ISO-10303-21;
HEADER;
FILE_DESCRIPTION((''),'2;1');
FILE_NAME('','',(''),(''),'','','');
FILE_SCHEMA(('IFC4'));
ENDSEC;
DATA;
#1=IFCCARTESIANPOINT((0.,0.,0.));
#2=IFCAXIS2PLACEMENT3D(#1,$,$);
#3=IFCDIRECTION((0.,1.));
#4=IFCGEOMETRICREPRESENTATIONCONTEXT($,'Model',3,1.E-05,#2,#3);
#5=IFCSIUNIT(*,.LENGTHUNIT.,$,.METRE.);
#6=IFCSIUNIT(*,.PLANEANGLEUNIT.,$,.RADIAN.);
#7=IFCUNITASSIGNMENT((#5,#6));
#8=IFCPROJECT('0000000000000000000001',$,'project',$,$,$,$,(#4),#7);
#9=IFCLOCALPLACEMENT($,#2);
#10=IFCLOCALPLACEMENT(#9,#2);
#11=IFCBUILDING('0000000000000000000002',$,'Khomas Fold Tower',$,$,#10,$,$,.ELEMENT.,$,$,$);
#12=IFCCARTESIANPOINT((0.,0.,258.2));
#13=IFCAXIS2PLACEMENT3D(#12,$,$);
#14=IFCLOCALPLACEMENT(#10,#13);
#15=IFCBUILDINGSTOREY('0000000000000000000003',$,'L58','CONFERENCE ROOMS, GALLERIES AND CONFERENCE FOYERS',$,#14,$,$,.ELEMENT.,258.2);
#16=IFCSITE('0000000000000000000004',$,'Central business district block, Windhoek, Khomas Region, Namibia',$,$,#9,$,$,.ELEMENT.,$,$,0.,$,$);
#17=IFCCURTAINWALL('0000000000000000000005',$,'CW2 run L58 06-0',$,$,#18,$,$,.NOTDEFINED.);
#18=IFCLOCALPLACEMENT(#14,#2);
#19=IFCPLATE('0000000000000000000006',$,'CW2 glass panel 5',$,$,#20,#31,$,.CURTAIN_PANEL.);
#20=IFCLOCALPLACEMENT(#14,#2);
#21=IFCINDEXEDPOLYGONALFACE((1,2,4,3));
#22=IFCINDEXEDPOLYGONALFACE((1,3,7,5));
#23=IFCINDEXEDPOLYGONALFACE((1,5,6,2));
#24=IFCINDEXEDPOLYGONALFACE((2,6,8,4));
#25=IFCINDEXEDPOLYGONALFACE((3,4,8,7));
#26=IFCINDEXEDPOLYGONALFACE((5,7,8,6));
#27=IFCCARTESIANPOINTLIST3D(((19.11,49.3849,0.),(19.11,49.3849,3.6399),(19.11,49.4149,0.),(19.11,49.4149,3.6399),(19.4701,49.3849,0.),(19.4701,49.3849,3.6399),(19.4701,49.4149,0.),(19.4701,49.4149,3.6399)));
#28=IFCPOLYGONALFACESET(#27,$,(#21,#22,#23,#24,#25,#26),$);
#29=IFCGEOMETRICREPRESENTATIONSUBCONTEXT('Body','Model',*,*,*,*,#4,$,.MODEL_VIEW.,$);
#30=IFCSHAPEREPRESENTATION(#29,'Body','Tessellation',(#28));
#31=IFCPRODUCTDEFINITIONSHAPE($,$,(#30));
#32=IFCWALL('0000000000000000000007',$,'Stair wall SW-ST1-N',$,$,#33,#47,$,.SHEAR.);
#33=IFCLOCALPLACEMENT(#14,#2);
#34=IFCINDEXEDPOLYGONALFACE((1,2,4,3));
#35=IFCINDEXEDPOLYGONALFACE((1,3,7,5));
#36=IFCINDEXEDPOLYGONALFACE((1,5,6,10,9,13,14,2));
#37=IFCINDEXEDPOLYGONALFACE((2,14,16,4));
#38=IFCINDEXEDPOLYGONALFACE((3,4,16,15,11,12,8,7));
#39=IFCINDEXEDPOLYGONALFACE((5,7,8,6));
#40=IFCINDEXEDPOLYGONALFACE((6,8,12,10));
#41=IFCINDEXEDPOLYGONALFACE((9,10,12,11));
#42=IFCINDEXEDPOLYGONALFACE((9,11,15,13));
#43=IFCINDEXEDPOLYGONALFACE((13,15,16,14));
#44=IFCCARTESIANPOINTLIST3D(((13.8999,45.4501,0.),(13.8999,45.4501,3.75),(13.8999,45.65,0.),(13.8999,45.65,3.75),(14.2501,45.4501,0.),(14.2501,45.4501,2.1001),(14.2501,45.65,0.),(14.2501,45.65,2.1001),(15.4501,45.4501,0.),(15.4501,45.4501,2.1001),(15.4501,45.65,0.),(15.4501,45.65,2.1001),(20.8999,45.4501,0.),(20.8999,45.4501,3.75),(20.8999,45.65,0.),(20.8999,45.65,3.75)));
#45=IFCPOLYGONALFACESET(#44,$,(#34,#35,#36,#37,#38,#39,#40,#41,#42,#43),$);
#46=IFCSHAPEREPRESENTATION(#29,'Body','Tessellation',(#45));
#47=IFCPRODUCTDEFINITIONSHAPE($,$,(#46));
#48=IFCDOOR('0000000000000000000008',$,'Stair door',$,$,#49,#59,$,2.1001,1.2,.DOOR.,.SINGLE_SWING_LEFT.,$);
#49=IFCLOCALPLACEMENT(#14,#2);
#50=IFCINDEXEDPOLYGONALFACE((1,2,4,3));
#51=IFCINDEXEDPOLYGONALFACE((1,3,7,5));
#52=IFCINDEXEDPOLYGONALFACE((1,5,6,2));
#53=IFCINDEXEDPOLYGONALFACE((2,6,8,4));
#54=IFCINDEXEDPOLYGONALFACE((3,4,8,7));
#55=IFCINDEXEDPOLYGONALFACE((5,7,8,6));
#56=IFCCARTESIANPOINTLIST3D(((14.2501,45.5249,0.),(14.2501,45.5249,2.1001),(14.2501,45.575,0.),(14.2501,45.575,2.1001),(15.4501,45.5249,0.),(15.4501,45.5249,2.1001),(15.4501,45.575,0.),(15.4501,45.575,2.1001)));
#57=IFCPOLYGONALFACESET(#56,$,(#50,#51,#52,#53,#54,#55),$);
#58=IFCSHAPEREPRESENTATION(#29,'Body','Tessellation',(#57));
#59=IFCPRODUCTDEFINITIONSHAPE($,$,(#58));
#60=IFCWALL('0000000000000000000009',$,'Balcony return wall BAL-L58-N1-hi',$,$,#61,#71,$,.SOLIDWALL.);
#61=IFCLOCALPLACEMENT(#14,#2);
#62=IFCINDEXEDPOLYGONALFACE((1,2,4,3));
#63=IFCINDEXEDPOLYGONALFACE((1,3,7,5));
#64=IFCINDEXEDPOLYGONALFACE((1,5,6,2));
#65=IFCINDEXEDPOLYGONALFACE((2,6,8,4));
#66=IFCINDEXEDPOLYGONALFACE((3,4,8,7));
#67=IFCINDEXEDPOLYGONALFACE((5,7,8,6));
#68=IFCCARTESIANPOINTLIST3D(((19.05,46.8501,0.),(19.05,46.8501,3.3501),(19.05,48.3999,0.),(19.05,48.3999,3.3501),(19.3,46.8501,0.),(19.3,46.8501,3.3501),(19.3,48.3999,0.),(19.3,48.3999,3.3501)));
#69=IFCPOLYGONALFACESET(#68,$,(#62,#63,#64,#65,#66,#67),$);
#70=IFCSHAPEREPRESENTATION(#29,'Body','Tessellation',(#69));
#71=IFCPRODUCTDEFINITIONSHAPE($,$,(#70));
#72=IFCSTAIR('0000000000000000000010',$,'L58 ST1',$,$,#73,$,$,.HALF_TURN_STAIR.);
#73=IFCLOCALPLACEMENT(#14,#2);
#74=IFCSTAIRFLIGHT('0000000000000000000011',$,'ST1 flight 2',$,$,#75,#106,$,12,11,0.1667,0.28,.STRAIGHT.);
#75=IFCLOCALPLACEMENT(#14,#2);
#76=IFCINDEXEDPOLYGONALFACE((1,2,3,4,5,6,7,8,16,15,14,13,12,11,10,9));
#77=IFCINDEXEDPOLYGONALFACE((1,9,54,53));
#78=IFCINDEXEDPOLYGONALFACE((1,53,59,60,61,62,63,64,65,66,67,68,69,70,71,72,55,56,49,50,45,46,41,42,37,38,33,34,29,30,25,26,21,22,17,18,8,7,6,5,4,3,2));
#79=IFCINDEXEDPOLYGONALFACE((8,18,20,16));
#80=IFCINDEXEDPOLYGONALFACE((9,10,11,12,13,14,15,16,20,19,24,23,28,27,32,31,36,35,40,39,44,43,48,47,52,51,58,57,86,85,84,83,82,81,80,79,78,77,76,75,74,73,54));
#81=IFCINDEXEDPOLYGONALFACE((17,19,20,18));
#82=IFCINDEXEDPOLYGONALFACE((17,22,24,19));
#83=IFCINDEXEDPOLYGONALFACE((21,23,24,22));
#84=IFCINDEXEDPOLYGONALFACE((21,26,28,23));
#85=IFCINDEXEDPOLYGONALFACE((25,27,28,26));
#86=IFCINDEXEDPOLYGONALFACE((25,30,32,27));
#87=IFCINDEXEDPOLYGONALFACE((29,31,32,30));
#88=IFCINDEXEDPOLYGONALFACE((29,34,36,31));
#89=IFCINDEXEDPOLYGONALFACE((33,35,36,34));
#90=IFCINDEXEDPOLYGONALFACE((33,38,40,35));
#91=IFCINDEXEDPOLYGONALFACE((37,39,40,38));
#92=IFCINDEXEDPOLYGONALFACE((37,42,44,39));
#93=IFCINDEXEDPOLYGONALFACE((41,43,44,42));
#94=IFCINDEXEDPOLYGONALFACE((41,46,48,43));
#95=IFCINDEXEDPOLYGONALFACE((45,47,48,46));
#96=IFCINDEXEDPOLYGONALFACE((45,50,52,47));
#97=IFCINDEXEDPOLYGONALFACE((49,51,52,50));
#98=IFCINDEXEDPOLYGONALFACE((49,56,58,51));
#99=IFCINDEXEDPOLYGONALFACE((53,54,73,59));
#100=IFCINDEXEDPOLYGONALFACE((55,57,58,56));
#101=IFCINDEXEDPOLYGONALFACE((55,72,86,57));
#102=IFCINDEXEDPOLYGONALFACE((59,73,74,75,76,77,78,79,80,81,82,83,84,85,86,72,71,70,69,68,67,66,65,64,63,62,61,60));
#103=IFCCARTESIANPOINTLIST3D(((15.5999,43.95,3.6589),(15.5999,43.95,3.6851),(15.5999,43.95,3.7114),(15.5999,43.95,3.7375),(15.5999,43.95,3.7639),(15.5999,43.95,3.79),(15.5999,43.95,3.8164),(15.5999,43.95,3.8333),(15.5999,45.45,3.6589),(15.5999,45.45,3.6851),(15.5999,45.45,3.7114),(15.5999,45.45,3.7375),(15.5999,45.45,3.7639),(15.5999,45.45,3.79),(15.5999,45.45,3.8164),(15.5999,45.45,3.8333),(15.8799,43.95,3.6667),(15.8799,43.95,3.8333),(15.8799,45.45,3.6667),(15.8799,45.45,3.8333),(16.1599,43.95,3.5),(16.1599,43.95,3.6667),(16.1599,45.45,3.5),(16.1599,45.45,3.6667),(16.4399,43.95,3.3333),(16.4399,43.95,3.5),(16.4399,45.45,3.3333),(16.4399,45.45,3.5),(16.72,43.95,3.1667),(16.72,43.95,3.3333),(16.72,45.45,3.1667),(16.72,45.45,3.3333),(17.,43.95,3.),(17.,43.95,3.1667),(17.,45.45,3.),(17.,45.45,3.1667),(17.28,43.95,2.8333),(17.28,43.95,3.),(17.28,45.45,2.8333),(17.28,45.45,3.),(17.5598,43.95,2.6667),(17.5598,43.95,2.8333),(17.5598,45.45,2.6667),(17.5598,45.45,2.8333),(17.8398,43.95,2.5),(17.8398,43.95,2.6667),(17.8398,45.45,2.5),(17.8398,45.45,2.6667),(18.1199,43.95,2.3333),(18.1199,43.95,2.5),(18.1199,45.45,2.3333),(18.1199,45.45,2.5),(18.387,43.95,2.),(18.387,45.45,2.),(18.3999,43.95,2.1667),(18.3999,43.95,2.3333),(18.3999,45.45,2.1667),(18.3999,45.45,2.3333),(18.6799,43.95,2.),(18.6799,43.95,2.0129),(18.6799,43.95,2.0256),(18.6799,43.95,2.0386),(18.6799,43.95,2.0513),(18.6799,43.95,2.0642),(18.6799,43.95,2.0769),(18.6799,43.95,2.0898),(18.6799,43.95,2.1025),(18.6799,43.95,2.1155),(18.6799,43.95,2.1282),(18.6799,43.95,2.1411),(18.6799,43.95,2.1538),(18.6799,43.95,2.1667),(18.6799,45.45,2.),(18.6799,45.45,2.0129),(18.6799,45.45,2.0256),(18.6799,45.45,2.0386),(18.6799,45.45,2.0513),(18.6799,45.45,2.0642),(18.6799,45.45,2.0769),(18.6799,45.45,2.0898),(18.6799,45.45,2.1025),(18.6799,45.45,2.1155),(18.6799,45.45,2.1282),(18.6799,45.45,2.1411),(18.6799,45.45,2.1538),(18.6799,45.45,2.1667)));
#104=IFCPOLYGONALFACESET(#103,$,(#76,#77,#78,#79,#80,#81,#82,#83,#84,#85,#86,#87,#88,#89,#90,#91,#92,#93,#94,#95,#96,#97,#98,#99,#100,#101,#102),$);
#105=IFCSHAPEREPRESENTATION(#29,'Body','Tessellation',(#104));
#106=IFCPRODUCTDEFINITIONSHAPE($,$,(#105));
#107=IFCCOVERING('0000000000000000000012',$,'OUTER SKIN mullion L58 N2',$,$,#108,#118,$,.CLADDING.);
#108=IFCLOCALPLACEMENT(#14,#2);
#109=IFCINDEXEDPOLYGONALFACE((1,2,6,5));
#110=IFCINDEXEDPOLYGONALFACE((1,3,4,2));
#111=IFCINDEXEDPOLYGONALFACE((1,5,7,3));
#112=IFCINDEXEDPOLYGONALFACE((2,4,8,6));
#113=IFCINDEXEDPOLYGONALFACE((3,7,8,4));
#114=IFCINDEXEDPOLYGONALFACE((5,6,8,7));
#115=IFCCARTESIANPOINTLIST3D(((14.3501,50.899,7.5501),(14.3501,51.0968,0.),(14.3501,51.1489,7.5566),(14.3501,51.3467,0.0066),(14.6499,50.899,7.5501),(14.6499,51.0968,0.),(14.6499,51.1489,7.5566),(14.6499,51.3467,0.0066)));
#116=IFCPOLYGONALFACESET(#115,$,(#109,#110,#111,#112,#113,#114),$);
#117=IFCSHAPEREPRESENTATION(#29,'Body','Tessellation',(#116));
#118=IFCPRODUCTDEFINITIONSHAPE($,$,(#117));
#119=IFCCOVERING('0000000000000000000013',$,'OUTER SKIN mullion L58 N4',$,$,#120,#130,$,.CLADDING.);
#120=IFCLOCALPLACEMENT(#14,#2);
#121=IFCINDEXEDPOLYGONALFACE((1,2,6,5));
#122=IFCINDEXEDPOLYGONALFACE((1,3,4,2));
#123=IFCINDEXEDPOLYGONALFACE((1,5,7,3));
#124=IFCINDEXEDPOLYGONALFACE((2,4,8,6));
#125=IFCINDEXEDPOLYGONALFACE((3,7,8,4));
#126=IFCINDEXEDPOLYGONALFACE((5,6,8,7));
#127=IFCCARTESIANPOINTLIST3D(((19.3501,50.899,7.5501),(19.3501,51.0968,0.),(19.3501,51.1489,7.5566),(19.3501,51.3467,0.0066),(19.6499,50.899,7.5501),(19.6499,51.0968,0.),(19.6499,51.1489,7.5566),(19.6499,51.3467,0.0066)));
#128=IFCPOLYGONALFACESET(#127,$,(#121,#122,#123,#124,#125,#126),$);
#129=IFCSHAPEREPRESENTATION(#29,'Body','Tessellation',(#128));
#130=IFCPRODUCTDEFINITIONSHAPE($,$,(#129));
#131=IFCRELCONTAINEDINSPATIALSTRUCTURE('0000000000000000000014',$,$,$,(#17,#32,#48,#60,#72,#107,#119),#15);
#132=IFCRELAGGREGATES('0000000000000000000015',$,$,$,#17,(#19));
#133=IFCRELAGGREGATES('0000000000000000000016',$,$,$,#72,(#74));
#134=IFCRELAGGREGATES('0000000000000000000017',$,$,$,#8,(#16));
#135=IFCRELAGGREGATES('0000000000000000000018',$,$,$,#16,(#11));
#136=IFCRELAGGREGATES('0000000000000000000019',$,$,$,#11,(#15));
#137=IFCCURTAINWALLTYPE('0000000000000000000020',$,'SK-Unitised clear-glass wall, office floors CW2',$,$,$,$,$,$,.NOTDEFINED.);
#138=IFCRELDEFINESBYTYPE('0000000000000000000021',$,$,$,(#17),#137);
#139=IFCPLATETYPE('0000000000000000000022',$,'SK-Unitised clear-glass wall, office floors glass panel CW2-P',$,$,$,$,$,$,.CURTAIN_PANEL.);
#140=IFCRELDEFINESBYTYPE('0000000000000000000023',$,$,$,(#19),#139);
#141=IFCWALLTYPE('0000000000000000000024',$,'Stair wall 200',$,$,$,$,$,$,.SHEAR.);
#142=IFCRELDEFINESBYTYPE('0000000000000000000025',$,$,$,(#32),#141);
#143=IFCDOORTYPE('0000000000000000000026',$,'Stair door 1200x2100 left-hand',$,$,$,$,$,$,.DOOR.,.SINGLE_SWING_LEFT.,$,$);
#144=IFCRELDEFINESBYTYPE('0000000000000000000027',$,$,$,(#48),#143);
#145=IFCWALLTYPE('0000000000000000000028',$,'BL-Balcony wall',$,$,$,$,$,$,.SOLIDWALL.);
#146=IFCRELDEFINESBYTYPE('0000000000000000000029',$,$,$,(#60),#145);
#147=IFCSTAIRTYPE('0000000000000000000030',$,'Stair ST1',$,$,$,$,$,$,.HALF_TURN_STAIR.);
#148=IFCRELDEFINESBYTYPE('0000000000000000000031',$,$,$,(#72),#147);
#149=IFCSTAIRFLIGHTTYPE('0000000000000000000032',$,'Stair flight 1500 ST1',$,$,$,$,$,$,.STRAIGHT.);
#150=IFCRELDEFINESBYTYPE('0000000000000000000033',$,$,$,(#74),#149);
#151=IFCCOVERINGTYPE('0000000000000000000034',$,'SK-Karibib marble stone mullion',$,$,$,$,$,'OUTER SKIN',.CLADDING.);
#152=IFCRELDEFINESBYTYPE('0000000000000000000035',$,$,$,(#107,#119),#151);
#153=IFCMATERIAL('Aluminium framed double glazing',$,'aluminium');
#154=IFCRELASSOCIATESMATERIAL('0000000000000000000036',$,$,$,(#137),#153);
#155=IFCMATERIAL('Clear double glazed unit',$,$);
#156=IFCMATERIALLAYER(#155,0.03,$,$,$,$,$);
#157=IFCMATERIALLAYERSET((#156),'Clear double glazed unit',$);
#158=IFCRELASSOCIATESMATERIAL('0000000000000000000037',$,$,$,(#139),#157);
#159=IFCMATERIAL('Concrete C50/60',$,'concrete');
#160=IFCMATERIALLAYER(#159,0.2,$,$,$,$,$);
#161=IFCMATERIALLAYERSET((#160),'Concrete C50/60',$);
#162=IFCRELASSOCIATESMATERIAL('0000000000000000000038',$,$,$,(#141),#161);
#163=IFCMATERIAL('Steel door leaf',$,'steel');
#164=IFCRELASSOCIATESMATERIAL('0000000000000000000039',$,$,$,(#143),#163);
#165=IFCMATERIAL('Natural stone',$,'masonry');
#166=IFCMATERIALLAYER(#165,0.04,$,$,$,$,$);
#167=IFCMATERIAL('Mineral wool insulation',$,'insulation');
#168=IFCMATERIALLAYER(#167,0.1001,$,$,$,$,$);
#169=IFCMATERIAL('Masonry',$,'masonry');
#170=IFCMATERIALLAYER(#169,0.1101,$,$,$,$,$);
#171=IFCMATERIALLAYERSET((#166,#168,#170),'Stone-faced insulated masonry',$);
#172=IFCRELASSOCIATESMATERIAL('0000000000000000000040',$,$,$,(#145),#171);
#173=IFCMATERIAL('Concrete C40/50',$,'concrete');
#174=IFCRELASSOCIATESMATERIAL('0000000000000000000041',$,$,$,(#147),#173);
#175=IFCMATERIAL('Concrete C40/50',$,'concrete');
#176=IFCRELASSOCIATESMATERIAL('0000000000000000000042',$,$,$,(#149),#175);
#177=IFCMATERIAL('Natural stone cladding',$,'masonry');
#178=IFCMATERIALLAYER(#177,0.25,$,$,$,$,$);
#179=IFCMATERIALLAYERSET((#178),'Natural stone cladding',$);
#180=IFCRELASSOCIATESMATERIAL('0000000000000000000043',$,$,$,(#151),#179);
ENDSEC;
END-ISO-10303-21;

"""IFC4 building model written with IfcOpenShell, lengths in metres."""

from ifc_helpers import new_model, si_unit, direction, frame, frame_2d, origin, origin_2d, place, context, subcontext, project, spatial, polyline, rectangle, outline, extrude, source, transform, mapped, material, layer, layer_set, type_object, element, fill, aggregate, save


model = new_model("IFC4")

# Units and contexts
model_context = context("Model", 3, precision=1e-05, world=origin(), true_north=direction((0.0, 1.0)))
body_context = subcontext(model_context, "Body", "Model", "MODEL_VIEW")
ifc_project = project(units=[si_unit("LENGTHUNIT", "METRE"), si_unit("PLANEANGLEUNIT", "RADIAN")], contexts=[model_context])

# Site, building, storey
site_placement = place(None, origin())
site = spatial("IfcSite", under=ifc_project, at=site_placement, Name="Central business district block, Windhoek, Khomas Region, Namibia", CompositionType="ELEMENT", RefElevation=0.0)
building_placement = place(site_placement, origin())
building = spatial("IfcBuilding", under=site, at=building_placement, Name="Khomas Fold Tower", CompositionType="ELEMENT")
storey_placement = place(building_placement, frame((0.0, 0.0, 258.2)))
storey = spatial("IfcBuildingStorey", under=building, at=storey_placement, Name="L58", Description="CONFERENCE ROOMS, GALLERIES AND CONFERENCE FOYERS", CompositionType="ELEMENT", Elevation=258.2)

# Curtain wall
ifc_material_1 = material(Name="Aluminium framed double glazing", Category="aluminium")
curtain_wall_type = type_object("IfcCurtainWallType", Name="SK-Unitised clear-glass wall, office floors CW2", PredefinedType="NOTDEFINED", material=ifc_material_1)
curtain_wall_placement = place(storey_placement, origin())
curtain_wall = element("IfcCurtainWall", 1, at=curtain_wall_placement, inside=storey, type_object=curtain_wall_type, Name="CW2 run L58 06-0", PredefinedType="NOTDEFINED")

# Plate
ifc_material_2 = material(Name="Clear double glazed unit")
ifc_layer_1 = layer(ifc_material_2, 0.03)
ifc_layer_set_1 = layer_set([ifc_layer_1], Name="Clear double glazed unit")
plate_type_1 = type_object("IfcPlateType", Name="SK-Unitised clear-glass wall, office floors glass panel CW2-P", PredefinedType="CURTAIN_PANEL", material=ifc_layer_set_1)
shared_shape_1 = source(origin(), body_context, "Body", "SweptSolid", [
    extrude(rectangle(XDim=0.3601, YDim=0.03, at=origin_2d()), origin(), (0.0, 0.0, 1.0), 3.6399),
])
plate_placement = place(storey_placement, frame((19.29, 49.3999, 0.0), z_axis=(0.0, 0.0, 1.0), x_axis=(-1.0, 0.0, 0.0)))
plate = element("IfcPlate", 2, at=plate_placement, type_object=plate_type_1, Name="CW2 glass panel 5", PredefinedType="CURTAIN_PANEL", context=body_context, shape_type="MappedRepresentation", body=[
    mapped(shared_shape_1, transform((0.0, 0.0, 0.0))),
])
aggregate(curtain_wall, [plate])

# Wall, opening, door
ifc_material_3 = material(Name="Concrete C50/60", Category="concrete")
ifc_layer_2 = layer(ifc_material_3, 0.2)
ifc_layer_set_2 = layer_set([ifc_layer_2], Name="Concrete C50/60")
wall_type_1 = type_object("IfcWallType", Name="Stair wall 200", PredefinedType="SHEAR", material=ifc_layer_set_2)
shared_shape_2 = source(origin(), body_context, "Body", "SweptSolid", [
    extrude(rectangle(XDim=7.0, YDim=0.2, at=frame_2d((3.5, 0.0))), origin(), (0.0, 0.0, 1.0), 3.75),
])
wall_1_placement = place(storey_placement, frame((13.8999, 45.55, 0.0), z_axis=(0.0, 0.0, 1.0), x_axis=(1.0, 0.0, 0.0)))
wall_1 = element("IfcWall", 3, at=wall_1_placement, inside=storey, type_object=wall_type_1, Name="Stair wall SW-ST1-N", PredefinedType="SHEAR", context=body_context, shape_type="MappedRepresentation", body=[
    mapped(shared_shape_2, transform((0.0, 0.0, 0.0))),
])
shared_shape_3 = source(origin(), body_context, "Body", "SweptSolid", [
    extrude(rectangle(XDim=1.2, YDim=2.1001, at=frame_2d((0.6001, 1.05))), frame((0.0, 0.1099, 0.0), z_axis=(0.0, -1.0, 0.0), x_axis=(1.0, 0.0, 0.0)), (0.0, 0.0, 1.0), 0.22),
])
opening_1_placement = place(wall_1_placement, frame((0.3501, 0.0, 0.0)))
opening_1 = element("IfcOpeningElement", 4, at=opening_1_placement, cuts=wall_1, PredefinedType="OPENING", context=body_context, shape_type="MappedRepresentation", body=[
    mapped(shared_shape_3, transform((0.0, 0.0, 0.0))),
])
ifc_material_4 = material(Name="Steel door leaf", Category="steel")
door_type_1 = type_object("IfcDoorType", Name="Stair door 1200x2100 left-hand", OperationType="SINGLE_SWING_LEFT", PredefinedType="DOOR", material=ifc_material_4)
shared_shape_4 = source(origin(), body_context, "Body", "SweptSolid", [
    extrude(rectangle(XDim=1.2, YDim=2.1001, at=frame_2d((0.6001, 1.05))), frame((0.0, 0.0249, 0.0), z_axis=(0.0, -1.0, 0.0), x_axis=(1.0, 0.0, 0.0)), (0.0, 0.0, 1.0), 0.05),
])
door_1_placement = place(opening_1_placement, origin())
door_1 = element("IfcDoor", 5, at=door_1_placement, inside=storey, type_object=door_type_1, Name="Stair door", OperationType="SINGLE_SWING_LEFT", OverallHeight=2.1001, OverallWidth=1.2, PredefinedType="DOOR", context=body_context, shape_type="MappedRepresentation", body=[
    mapped(shared_shape_4, transform((0.0, 0.0, 0.0))),
])
fill(opening_1, door_1)

# Shared definitions
ifc_material_5 = material(Name="Natural stone", Category="masonry")
ifc_layer_3 = layer(ifc_material_5, 0.04)
ifc_material_6 = material(Name="Mineral wool insulation", Category="insulation")
ifc_layer_4 = layer(ifc_material_6, 0.1001)
ifc_material_7 = material(Name="Masonry", Category="masonry")
ifc_layer_5 = layer(ifc_material_7, 0.1101)
ifc_layer_set_3 = layer_set([ifc_layer_3, ifc_layer_4, ifc_layer_5], Name="Stone-faced insulated masonry")
wall_type_2 = type_object("IfcWallType", Name="BL-Balcony wall", PredefinedType="SOLIDWALL", material=ifc_layer_set_3)

# Wall
shared_shape_5 = source(origin(), body_context, "Body", "SweptSolid", [
    extrude(rectangle(XDim=1.5498, YDim=0.25, at=frame_2d((0.7749, 0.0))), origin(), (0.0, 0.0, 1.0), 3.3501),
])
wall_2_placement = place(storey_placement, frame((19.175, 48.3999, 0.0), z_axis=(0.0, 0.0, 1.0), x_axis=(0.0, -1.0, 0.0)))
element("IfcWall", 6, at=wall_2_placement, inside=storey, type_object=wall_type_2, Name="Balcony return wall BAL-L58-N1-hi", PredefinedType="SOLIDWALL", context=body_context, shape_type="MappedRepresentation", body=[
    mapped(shared_shape_5, transform((0.0, 0.0, 0.0))),
])

# Stair, stair flight
ifc_material_8 = material(Name="Concrete C40/50", Category="concrete")
stair_type = type_object("IfcStairType", Name="Stair ST1", PredefinedType="HALF_TURN_STAIR", material=ifc_material_8)
stair_placement = place(storey_placement, origin())
stair = element("IfcStair", 7, at=stair_placement, inside=storey, type_object=stair_type, Name="L58 ST1", PredefinedType="HALF_TURN_STAIR")
ifc_material_9 = material(Name="Concrete C40/50", Category="concrete")
stair_flight_type = type_object("IfcStairFlightType", Name="Stair flight 1500 ST1", PredefinedType="STRAIGHT", material=ifc_material_9)
shared_shape_6 = source(origin(), body_context, "Body", "SweptSolid", [
    extrude(outline(polyline([(0.0, 0.0), (0.0, 0.0129), (0.0, 0.0256), (0.0, 0.0386), (0.0, 0.0513), (0.0, 0.0642), (0.0, 0.0769), (0.0, 0.0898), (0.0, 0.1025), (0.0, 0.1155), (0.0, 0.1282), (0.0, 0.1411), (0.0, 0.1538), (0.0, 0.1667), (0.28, 0.1667), (0.28, 0.3333), (0.5601, 0.3333), (0.5601, 0.5), (0.8401, 0.5), (0.8401, 0.6667), (1.1201, 0.6667), (1.1201, 0.8333), (1.3999, 0.8333), (1.3999, 1.0), (1.6799, 1.0), (1.6799, 1.1667), (1.96, 1.1667), (1.96, 1.3333), (2.24, 1.3333), (2.24, 1.5), (2.52, 1.5), (2.52, 1.6667), (2.8, 1.6667), (2.8, 1.8333), (3.0801, 1.8333), (3.0801, 2.0), (3.0801, 1.9739), (3.0801, 1.9475), (3.0801, 1.9214), (3.0801, 1.895), (3.0801, 1.8689), (3.0801, 1.8425), (3.0801, 1.8164), (3.0801, 1.79), (3.0801, 1.7639), (3.0801, 1.7375), (3.0801, 1.7114), (3.0801, 1.6851), (3.0801, 1.6589), (0.293, 0.0), (0.0, 0.0)])), frame((0.0, 0.75, 0.0), z_axis=(0.0, -1.0, 0.0), x_axis=(1.0, 0.0, 0.0)), (0.0, 0.0, 1.0), 1.5),
])
stair_flight_placement = place(storey_placement, frame((18.6799, 44.7, 2.0), z_axis=(0.0, 0.0, 1.0), x_axis=(-1.0, 0.0, 0.0)))
stair_flight = element("IfcStairFlight", 8, at=stair_flight_placement, type_object=stair_flight_type, Name="ST1 flight 2", NumberOfRisers=12, NumberOfTreads=11, PredefinedType="STRAIGHT", RiserHeight=0.1667, TreadLength=0.28, context=body_context, shape_type="MappedRepresentation", body=[
    mapped(shared_shape_6, transform((0.0, 0.0, 0.0))),
])
aggregate(stair, [stair_flight])

# Coverings
ifc_material_10 = material(Name="Natural stone cladding", Category="masonry")
ifc_layer_6 = layer(ifc_material_10, 0.25)
ifc_layer_set_4 = layer_set([ifc_layer_6], Name="Natural stone cladding")
covering_type = type_object("IfcCoveringType", Name="SK-Karibib marble stone mullion", ElementType="OUTER SKIN", PredefinedType="CLADDING", material=ifc_layer_set_4)
for number, where, z_axis, x_axis, name in (
    (9, (14.3501, 51.3467, 0.0066), (0.0, 0.999657, 0.026183), (1.0, 0.0, 0.0), "OUTER SKIN mullion L58 N2"),
    (10, (19.3501, 51.3467, 0.0066), (0.0, 0.999657, 0.026183), (1.0, 0.0, 0.0), "OUTER SKIN mullion L58 N4"),
):
    element("IfcCovering", number, at=place(storey_placement, frame(where, z_axis=z_axis, x_axis=x_axis)), inside=storey, type_object=covering_type, Name=name, PredefinedType="CLADDING", context=body_context, shape_type="SweptSolid", body=[
        extrude(outline(polyline([(0.0, 0.0), (0.2998, 0.0), (0.2998, -7.5526), (0.0, -7.5526), (0.0, 0.0)])), origin(), (0.0, 0.0, -1.0), 0.25),
    ])

save(model, "model.ifc")
